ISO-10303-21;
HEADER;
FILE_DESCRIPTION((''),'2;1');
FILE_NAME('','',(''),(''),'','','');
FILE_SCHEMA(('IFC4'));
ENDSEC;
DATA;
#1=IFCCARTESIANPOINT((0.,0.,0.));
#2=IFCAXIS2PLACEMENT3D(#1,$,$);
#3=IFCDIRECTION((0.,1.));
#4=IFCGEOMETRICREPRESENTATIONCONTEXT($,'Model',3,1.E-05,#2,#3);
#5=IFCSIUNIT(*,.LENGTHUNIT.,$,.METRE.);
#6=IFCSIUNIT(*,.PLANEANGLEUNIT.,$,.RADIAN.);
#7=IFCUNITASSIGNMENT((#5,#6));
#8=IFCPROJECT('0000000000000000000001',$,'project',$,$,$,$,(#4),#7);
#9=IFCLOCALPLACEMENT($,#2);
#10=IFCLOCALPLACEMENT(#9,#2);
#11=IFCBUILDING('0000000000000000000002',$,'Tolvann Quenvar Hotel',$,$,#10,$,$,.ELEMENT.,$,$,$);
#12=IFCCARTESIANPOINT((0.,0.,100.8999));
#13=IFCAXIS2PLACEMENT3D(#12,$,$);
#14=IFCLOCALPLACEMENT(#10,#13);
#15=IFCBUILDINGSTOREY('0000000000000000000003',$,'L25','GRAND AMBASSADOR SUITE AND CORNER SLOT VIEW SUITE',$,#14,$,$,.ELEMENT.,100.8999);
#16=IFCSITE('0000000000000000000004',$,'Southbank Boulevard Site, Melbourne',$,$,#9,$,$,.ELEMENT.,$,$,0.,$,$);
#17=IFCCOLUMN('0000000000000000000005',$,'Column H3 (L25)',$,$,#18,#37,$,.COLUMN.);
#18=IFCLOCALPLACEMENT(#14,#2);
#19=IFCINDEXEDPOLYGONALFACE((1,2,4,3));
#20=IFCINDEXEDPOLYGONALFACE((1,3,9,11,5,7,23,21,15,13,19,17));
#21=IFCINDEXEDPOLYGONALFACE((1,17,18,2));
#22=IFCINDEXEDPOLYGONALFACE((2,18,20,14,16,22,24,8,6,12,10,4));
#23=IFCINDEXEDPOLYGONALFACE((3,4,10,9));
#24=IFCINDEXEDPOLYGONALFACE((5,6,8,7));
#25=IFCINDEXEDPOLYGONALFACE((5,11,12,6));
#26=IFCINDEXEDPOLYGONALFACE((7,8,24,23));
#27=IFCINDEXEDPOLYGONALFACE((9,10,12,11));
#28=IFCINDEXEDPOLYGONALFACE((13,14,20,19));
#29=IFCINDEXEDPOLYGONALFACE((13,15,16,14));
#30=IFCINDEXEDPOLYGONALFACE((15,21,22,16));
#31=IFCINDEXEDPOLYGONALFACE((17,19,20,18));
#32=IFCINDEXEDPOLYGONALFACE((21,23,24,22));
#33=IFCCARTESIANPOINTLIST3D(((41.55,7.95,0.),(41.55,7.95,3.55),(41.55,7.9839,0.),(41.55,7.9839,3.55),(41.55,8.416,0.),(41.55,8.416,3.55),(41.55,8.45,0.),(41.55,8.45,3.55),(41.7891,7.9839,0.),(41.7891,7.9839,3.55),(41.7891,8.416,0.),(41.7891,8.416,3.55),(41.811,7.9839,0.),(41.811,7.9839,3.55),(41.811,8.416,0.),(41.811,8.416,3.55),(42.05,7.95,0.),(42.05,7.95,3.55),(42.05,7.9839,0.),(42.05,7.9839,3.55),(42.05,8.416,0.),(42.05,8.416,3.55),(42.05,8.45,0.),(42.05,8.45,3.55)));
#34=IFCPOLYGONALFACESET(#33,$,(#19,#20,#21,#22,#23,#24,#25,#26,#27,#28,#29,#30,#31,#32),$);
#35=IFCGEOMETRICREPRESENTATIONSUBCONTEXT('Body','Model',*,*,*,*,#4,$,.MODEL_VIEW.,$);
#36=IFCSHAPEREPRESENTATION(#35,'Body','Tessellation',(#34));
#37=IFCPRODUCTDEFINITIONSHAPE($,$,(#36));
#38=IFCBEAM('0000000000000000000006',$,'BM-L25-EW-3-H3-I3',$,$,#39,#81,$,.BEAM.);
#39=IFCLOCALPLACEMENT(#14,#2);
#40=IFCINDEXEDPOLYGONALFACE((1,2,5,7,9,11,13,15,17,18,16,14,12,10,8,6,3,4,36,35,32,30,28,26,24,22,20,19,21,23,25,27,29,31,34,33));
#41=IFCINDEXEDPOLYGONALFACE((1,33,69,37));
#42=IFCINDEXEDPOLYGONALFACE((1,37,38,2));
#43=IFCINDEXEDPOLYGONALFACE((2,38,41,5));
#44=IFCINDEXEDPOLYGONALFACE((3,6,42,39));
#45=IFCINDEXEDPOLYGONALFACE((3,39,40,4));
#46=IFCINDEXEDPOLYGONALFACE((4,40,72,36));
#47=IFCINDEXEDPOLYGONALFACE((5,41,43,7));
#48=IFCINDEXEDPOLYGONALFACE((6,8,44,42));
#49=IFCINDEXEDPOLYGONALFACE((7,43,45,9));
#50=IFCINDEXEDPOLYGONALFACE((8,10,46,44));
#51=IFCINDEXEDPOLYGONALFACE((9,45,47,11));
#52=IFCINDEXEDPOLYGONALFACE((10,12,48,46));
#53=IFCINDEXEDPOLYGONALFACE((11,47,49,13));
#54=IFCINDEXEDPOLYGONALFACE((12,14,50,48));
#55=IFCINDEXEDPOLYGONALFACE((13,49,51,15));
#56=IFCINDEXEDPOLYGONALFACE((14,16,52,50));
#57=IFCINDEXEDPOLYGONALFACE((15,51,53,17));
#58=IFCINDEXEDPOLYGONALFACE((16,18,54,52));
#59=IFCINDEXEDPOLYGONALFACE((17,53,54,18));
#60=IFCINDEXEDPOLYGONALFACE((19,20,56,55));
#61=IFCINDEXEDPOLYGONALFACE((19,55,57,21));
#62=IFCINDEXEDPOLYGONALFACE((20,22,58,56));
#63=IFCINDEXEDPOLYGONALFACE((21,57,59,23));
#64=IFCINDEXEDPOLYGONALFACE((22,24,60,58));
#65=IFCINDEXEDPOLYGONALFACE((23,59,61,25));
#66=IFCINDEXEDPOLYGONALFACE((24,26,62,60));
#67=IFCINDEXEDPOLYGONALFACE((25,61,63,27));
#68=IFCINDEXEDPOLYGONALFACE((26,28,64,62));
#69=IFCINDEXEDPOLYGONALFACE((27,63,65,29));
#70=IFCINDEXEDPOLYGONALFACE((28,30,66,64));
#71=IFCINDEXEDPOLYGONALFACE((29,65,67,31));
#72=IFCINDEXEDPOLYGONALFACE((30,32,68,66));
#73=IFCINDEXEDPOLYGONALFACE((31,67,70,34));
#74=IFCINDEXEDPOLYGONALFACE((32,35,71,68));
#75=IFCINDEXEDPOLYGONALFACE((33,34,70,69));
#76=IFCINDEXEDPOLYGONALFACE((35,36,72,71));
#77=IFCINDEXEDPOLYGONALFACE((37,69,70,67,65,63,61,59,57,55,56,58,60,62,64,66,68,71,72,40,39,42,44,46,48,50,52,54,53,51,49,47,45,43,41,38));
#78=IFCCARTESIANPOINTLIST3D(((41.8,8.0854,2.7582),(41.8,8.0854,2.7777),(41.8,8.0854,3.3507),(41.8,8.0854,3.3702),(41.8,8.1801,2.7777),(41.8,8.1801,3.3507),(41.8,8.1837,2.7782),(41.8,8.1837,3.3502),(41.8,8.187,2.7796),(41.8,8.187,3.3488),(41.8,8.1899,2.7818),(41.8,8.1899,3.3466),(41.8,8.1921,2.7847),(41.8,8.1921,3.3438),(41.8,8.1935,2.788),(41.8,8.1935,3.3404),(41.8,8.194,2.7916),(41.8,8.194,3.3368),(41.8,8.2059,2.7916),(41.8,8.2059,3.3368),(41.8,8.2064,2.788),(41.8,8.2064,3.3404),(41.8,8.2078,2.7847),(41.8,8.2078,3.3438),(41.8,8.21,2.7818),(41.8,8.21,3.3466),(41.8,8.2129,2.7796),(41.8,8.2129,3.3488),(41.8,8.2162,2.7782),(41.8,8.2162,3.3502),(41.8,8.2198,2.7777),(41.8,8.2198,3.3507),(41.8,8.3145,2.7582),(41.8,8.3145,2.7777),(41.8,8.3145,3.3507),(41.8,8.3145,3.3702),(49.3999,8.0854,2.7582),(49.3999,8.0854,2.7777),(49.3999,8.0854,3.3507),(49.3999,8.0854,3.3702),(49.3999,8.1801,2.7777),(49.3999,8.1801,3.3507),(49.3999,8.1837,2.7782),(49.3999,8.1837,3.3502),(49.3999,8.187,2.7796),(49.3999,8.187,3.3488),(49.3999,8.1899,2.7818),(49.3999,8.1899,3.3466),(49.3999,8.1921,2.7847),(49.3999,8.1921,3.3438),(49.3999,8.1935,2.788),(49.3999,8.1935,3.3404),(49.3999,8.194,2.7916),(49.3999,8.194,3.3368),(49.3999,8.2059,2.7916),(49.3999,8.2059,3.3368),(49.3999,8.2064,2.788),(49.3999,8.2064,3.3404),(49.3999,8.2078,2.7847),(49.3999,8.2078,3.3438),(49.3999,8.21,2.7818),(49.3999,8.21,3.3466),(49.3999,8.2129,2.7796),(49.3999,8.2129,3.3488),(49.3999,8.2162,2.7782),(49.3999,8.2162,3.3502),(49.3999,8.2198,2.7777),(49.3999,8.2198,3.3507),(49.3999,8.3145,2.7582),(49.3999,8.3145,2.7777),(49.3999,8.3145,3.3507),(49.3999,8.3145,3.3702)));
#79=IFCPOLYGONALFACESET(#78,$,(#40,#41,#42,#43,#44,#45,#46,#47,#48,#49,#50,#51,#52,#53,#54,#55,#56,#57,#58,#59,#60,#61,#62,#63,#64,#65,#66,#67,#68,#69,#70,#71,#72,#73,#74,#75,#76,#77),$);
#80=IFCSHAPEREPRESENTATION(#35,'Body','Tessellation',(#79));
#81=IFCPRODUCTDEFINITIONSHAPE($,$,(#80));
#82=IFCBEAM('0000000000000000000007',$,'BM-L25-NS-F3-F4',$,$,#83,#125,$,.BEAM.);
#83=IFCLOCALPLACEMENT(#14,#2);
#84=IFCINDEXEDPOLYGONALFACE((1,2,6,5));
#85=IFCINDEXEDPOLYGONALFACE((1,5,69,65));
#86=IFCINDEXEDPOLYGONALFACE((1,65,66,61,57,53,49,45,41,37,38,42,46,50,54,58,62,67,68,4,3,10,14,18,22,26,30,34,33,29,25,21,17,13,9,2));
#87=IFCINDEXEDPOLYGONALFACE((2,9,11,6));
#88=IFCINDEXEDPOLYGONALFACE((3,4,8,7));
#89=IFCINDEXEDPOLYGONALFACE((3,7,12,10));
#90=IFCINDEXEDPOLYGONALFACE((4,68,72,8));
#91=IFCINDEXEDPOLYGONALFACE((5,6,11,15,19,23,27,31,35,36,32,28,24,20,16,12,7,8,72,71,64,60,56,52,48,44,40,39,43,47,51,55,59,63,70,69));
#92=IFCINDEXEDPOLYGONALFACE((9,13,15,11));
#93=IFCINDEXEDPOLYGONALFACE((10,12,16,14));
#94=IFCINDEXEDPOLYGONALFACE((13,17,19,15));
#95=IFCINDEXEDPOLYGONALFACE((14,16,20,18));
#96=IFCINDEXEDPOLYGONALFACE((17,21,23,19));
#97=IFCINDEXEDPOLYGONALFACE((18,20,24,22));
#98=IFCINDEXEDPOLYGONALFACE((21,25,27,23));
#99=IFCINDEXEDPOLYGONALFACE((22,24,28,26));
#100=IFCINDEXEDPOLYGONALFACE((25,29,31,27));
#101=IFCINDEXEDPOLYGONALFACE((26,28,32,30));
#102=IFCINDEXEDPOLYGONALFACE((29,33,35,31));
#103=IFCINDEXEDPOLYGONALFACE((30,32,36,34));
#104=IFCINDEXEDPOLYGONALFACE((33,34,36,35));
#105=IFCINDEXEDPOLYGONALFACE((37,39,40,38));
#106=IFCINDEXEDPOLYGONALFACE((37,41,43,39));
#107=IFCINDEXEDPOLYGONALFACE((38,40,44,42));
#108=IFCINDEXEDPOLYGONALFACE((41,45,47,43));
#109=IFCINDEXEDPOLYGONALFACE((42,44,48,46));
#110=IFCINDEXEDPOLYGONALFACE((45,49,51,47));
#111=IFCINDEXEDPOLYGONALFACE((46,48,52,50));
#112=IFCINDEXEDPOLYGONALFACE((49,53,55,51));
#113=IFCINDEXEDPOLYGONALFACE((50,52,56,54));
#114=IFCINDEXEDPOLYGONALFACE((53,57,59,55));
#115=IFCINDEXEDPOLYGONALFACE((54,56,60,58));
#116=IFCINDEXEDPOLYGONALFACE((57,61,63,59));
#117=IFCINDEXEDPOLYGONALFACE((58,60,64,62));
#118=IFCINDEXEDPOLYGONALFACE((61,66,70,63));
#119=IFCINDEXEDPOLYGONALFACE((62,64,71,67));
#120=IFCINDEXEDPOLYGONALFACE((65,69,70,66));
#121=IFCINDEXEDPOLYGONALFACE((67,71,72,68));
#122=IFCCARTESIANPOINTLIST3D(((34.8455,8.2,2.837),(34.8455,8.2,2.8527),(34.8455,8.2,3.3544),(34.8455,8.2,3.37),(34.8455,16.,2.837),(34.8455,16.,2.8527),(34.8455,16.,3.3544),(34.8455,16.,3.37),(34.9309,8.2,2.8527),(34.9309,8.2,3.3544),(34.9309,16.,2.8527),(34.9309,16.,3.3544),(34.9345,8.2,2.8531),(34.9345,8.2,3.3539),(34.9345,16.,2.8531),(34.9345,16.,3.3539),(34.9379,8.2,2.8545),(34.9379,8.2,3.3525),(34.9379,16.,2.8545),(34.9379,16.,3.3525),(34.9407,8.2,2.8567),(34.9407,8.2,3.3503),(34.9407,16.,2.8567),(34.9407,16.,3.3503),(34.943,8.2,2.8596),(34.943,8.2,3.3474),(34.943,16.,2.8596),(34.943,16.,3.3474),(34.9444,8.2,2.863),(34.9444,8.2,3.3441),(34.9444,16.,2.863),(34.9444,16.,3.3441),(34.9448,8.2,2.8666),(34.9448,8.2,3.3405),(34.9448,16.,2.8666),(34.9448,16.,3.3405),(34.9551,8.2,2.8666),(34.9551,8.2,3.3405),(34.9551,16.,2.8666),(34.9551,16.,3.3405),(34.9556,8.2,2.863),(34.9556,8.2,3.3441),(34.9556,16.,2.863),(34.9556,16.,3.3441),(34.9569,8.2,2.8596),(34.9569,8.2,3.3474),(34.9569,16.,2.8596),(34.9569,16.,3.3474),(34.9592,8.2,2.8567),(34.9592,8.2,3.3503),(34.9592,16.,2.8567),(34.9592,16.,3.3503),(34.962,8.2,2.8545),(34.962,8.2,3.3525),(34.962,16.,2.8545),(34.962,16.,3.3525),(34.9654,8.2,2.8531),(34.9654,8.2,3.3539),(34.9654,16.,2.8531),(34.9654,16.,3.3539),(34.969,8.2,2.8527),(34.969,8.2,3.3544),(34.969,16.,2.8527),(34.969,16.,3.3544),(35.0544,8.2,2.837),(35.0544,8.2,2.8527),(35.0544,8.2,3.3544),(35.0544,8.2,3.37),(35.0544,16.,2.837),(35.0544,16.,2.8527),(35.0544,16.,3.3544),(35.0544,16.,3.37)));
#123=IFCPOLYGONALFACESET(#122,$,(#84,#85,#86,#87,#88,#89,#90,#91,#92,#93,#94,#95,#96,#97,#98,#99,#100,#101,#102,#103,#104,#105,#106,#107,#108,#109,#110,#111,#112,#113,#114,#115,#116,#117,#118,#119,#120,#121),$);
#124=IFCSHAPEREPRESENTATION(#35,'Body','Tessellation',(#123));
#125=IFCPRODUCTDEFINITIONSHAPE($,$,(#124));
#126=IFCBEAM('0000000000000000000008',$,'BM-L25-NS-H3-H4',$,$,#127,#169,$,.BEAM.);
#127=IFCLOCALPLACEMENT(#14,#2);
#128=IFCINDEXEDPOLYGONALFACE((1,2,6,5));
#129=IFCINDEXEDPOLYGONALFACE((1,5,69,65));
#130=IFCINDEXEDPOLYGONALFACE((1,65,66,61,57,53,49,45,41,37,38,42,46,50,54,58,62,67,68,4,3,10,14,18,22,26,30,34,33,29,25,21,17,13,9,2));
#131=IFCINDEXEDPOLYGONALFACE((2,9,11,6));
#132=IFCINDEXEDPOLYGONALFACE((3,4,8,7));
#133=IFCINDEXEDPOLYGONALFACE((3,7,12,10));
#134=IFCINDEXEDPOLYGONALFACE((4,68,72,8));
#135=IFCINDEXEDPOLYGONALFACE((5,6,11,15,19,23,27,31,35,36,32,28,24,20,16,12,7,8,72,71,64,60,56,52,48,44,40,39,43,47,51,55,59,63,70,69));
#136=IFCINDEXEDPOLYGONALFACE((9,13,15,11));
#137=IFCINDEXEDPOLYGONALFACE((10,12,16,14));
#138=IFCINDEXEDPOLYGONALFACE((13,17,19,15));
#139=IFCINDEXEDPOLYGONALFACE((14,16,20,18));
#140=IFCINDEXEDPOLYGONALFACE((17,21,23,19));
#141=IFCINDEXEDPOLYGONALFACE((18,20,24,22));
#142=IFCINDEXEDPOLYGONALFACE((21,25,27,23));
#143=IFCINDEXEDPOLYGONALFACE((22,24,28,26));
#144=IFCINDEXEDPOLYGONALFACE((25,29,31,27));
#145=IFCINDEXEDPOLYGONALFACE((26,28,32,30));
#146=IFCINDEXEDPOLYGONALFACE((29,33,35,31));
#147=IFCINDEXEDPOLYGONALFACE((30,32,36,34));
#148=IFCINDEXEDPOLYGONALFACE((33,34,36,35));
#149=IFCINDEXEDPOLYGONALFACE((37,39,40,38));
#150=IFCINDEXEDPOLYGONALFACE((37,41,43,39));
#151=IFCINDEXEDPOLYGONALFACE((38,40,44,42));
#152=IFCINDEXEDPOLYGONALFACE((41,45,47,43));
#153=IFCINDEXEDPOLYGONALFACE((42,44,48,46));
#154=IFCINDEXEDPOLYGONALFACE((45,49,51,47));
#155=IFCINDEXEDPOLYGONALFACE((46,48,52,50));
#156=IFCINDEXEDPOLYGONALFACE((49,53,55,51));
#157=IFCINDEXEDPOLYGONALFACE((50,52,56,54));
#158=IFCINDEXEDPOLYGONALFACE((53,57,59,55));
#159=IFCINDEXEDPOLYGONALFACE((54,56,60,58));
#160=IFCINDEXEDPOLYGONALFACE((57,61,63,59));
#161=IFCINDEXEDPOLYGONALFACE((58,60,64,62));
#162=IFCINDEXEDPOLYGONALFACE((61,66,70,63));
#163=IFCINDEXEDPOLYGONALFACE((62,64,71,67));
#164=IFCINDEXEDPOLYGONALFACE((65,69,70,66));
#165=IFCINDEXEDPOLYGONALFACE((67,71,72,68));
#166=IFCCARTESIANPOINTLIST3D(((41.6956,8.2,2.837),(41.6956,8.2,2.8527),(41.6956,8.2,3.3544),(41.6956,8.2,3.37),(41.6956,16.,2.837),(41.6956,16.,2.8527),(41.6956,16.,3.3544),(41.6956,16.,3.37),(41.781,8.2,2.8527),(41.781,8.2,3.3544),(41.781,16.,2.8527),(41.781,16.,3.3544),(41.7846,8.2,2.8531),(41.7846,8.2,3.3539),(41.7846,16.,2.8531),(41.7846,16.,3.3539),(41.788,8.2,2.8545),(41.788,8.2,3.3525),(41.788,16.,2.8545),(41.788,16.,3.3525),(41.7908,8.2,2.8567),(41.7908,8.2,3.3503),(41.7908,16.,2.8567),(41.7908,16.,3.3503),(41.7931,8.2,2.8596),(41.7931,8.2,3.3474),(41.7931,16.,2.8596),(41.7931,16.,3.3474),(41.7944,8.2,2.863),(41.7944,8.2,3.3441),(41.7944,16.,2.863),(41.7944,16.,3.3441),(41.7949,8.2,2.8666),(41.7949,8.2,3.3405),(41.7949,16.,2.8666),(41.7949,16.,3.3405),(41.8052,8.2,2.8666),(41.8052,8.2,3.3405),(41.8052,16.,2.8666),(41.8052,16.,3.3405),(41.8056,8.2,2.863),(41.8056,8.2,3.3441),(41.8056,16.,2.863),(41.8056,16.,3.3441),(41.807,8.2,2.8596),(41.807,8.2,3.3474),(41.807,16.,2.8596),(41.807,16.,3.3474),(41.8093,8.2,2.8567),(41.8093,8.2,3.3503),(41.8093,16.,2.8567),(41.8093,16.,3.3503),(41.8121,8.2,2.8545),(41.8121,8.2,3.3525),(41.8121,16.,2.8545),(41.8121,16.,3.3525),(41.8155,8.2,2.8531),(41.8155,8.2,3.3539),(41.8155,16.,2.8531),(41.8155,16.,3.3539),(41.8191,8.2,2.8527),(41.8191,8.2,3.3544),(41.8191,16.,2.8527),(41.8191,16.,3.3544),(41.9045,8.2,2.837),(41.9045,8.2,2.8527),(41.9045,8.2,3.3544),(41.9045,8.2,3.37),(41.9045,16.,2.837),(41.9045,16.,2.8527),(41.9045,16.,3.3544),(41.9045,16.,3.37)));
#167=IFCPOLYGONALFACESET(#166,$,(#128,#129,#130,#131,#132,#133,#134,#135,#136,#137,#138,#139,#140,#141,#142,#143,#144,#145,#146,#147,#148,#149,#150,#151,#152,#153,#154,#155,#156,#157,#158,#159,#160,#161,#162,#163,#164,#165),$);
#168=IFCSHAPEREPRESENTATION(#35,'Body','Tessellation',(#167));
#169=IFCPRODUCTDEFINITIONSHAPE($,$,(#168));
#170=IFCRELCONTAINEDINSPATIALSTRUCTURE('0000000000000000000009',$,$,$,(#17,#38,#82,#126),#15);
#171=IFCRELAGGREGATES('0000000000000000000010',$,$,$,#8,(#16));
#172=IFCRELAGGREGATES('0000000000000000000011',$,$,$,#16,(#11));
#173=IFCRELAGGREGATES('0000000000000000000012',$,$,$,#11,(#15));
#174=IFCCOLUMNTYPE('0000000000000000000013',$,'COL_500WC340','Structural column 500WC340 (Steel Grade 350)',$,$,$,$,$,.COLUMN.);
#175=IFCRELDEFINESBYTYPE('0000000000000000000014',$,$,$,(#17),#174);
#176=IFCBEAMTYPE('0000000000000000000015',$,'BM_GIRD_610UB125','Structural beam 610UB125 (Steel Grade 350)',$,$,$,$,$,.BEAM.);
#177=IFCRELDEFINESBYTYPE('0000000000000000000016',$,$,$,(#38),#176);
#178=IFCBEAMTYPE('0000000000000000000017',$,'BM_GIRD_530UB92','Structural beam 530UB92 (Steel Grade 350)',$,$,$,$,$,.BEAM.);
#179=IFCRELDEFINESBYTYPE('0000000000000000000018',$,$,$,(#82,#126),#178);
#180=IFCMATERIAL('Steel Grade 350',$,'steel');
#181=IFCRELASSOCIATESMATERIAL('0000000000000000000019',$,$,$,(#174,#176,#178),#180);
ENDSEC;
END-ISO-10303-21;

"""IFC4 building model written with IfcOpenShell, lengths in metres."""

from ifc_helpers import new_model, si_unit, direction, frame, origin, origin_2d, place, context, subcontext, project, spatial, i_section, extrude, source, transform, mapped, material, material_profile, profile_set, type_object, type_shapes, element, save


model = new_model("IFC4")

# Units and contexts
model_context = context("Model", 3, precision=1e-05, world=origin(), true_north=direction((0.0, 1.0)))
body_context = subcontext(model_context, "Body", "Model", "MODEL_VIEW")
ifc_project = project(units=[si_unit("LENGTHUNIT", "METRE"), si_unit("PLANEANGLEUNIT", "RADIAN")], contexts=[model_context])

# Site, building, storey
site_placement = place(None, origin())
site = spatial("IfcSite", under=ifc_project, at=site_placement, Name="Southbank Boulevard Site, Melbourne", CompositionType="ELEMENT", RefElevation=0.0)
building_placement = place(site_placement, origin())
building = spatial("IfcBuilding", under=site, at=building_placement, Name="Tolvann Quenvar Hotel", CompositionType="ELEMENT")
storey_placement = place(building_placement, frame((0.0, 0.0, 100.8999)))
storey = spatial("IfcBuildingStorey", under=building, at=storey_placement, Name="L25", Description="GRAND AMBASSADOR SUITE AND CORNER SLOT VIEW SUITE", CompositionType="ELEMENT", Elevation=100.8999)

# Column
ifc_material_1 = material(Name="Steel Grade 350", Category="steel")
ifc_material_profile_1 = material_profile(ifc_material_1, i_section(OverallWidth=0.5, OverallDepth=0.5, WebThickness=0.022, FlangeThickness=0.0339, at=origin_2d()), Name="500WC340")
ifc_profile_set_1 = profile_set([ifc_material_profile_1], Name="Steel Grade 350")
column_type = type_object("IfcColumnType", Name="COL_500WC340", Description="Structural column 500WC340 (Steel Grade 350)", PredefinedType="COLUMN", material=ifc_profile_set_1)
shared_shape_1 = source(origin(), body_context, "Body", "SweptSolid", [
    extrude(i_section(OverallWidth=0.5, OverallDepth=0.5, WebThickness=0.022, FlangeThickness=0.0339, at=origin_2d()), origin(), (0.0, 0.0, 1.0), 3.55),
])
type_shapes(column_type, [shared_shape_1])
column_placement = place(storey_placement, frame((41.8, 8.2, 0.0), z_axis=(0.0, 0.0, 1.0), x_axis=(1.0, 0.0, 0.0)))
element("IfcColumn", 1, at=column_placement, inside=storey, type_object=column_type, Name="Column H3 (L25)", PredefinedType="COLUMN", context=body_context, shape_type="MappedRepresentation", body=[
    mapped(shared_shape_1, transform((0.0, 0.0, 0.0), x_axis=(1.0, 0.0, 0.0), y_axis=(0.0, 1.0, 0.0), z_axis=(0.0, 0.0, 1.0), scale=1.0)),
])

# Beams
ifc_material_profile_2 = material_profile(ifc_material_1, i_section(OverallWidth=0.229, OverallDepth=0.6121, WebThickness=0.012, FlangeThickness=0.0195, FilletRadius=0.0139, at=origin_2d()), Name="610UB125")
ifc_profile_set_2 = profile_set([ifc_material_profile_2], Name="Steel Grade 350")
beam_type_1 = type_object("IfcBeamType", Name="BM_GIRD_610UB125", Description="Structural beam 610UB125 (Steel Grade 350)", PredefinedType="BEAM", material=ifc_profile_set_2)
shared_shape_2 = source(origin(), body_context, "Body", "SweptSolid", [
    extrude(i_section(OverallWidth=0.229, OverallDepth=0.6121, WebThickness=0.012, FlangeThickness=0.0195, FilletRadius=0.0139, at=origin_2d()), origin(), (0.0, 0.0, 1.0), 7.5999),
])
type_shapes(beam_type_1, [shared_shape_2])
beam_1_placement = place(storey_placement, frame((41.8, 8.2, 3.0642), z_axis=(1.0, 0.0, 0.0), x_axis=(0.0, 1.0, 0.0)))
element("IfcBeam", 2, at=beam_1_placement, inside=storey, type_object=beam_type_1, Name="BM-L25-EW-3-H3-I3", PredefinedType="BEAM", context=body_context, shape_type="MappedRepresentation", body=[
    mapped(shared_shape_2, transform((0.0, 0.0, 0.0), x_axis=(1.0, 0.0, 0.0), y_axis=(0.0, 1.0, 0.0), z_axis=(0.0, 0.0, 1.0), scale=1.0)),
])
ifc_material_profile_3 = material_profile(ifc_material_1, i_section(OverallWidth=0.209, OverallDepth=0.533, WebThickness=0.0103, FlangeThickness=0.0156, FilletRadius=0.0139, at=origin_2d()), Name="530UB92")
ifc_profile_set_3 = profile_set([ifc_material_profile_3], Name="Steel Grade 350")
beam_type_2 = type_object("IfcBeamType", Name="BM_GIRD_530UB92", Description="Structural beam 530UB92 (Steel Grade 350)", PredefinedType="BEAM", material=ifc_profile_set_3)
shared_shape_3 = source(origin(), body_context, "Body", "SweptSolid", [
    extrude(i_section(OverallWidth=0.209, OverallDepth=0.533, WebThickness=0.0103, FlangeThickness=0.0156, FilletRadius=0.0139, at=origin_2d()), origin(), (0.0, 0.0, 1.0), 7.8),
])
type_shapes(beam_type_2, [shared_shape_3])
for number, where, z_axis, x_axis, name in (
    (3, (34.95, 8.2, 3.1035), (0.0, 1.0, 0.0), (-1.0, 0.0, 0.0), "BM-L25-NS-F3-F4"),
    (4, (41.8, 8.2, 3.1035), (0.0, 1.0, 0.0), (-1.0, 0.0, 0.0), "BM-L25-NS-H3-H4"),
):
    element("IfcBeam", number, at=place(storey_placement, frame(where, z_axis=z_axis, x_axis=x_axis)), inside=storey, type_object=beam_type_2, Name=name, PredefinedType="BEAM", context=body_context, shape_type="MappedRepresentation", body=[
        mapped(shared_shape_3, transform((0.0, 0.0, 0.0), x_axis=(1.0, 0.0, 0.0), y_axis=(0.0, 1.0, 0.0), z_axis=(0.0, 0.0, 1.0), scale=1.0)),
    ])

save(model, "model.ifc")
